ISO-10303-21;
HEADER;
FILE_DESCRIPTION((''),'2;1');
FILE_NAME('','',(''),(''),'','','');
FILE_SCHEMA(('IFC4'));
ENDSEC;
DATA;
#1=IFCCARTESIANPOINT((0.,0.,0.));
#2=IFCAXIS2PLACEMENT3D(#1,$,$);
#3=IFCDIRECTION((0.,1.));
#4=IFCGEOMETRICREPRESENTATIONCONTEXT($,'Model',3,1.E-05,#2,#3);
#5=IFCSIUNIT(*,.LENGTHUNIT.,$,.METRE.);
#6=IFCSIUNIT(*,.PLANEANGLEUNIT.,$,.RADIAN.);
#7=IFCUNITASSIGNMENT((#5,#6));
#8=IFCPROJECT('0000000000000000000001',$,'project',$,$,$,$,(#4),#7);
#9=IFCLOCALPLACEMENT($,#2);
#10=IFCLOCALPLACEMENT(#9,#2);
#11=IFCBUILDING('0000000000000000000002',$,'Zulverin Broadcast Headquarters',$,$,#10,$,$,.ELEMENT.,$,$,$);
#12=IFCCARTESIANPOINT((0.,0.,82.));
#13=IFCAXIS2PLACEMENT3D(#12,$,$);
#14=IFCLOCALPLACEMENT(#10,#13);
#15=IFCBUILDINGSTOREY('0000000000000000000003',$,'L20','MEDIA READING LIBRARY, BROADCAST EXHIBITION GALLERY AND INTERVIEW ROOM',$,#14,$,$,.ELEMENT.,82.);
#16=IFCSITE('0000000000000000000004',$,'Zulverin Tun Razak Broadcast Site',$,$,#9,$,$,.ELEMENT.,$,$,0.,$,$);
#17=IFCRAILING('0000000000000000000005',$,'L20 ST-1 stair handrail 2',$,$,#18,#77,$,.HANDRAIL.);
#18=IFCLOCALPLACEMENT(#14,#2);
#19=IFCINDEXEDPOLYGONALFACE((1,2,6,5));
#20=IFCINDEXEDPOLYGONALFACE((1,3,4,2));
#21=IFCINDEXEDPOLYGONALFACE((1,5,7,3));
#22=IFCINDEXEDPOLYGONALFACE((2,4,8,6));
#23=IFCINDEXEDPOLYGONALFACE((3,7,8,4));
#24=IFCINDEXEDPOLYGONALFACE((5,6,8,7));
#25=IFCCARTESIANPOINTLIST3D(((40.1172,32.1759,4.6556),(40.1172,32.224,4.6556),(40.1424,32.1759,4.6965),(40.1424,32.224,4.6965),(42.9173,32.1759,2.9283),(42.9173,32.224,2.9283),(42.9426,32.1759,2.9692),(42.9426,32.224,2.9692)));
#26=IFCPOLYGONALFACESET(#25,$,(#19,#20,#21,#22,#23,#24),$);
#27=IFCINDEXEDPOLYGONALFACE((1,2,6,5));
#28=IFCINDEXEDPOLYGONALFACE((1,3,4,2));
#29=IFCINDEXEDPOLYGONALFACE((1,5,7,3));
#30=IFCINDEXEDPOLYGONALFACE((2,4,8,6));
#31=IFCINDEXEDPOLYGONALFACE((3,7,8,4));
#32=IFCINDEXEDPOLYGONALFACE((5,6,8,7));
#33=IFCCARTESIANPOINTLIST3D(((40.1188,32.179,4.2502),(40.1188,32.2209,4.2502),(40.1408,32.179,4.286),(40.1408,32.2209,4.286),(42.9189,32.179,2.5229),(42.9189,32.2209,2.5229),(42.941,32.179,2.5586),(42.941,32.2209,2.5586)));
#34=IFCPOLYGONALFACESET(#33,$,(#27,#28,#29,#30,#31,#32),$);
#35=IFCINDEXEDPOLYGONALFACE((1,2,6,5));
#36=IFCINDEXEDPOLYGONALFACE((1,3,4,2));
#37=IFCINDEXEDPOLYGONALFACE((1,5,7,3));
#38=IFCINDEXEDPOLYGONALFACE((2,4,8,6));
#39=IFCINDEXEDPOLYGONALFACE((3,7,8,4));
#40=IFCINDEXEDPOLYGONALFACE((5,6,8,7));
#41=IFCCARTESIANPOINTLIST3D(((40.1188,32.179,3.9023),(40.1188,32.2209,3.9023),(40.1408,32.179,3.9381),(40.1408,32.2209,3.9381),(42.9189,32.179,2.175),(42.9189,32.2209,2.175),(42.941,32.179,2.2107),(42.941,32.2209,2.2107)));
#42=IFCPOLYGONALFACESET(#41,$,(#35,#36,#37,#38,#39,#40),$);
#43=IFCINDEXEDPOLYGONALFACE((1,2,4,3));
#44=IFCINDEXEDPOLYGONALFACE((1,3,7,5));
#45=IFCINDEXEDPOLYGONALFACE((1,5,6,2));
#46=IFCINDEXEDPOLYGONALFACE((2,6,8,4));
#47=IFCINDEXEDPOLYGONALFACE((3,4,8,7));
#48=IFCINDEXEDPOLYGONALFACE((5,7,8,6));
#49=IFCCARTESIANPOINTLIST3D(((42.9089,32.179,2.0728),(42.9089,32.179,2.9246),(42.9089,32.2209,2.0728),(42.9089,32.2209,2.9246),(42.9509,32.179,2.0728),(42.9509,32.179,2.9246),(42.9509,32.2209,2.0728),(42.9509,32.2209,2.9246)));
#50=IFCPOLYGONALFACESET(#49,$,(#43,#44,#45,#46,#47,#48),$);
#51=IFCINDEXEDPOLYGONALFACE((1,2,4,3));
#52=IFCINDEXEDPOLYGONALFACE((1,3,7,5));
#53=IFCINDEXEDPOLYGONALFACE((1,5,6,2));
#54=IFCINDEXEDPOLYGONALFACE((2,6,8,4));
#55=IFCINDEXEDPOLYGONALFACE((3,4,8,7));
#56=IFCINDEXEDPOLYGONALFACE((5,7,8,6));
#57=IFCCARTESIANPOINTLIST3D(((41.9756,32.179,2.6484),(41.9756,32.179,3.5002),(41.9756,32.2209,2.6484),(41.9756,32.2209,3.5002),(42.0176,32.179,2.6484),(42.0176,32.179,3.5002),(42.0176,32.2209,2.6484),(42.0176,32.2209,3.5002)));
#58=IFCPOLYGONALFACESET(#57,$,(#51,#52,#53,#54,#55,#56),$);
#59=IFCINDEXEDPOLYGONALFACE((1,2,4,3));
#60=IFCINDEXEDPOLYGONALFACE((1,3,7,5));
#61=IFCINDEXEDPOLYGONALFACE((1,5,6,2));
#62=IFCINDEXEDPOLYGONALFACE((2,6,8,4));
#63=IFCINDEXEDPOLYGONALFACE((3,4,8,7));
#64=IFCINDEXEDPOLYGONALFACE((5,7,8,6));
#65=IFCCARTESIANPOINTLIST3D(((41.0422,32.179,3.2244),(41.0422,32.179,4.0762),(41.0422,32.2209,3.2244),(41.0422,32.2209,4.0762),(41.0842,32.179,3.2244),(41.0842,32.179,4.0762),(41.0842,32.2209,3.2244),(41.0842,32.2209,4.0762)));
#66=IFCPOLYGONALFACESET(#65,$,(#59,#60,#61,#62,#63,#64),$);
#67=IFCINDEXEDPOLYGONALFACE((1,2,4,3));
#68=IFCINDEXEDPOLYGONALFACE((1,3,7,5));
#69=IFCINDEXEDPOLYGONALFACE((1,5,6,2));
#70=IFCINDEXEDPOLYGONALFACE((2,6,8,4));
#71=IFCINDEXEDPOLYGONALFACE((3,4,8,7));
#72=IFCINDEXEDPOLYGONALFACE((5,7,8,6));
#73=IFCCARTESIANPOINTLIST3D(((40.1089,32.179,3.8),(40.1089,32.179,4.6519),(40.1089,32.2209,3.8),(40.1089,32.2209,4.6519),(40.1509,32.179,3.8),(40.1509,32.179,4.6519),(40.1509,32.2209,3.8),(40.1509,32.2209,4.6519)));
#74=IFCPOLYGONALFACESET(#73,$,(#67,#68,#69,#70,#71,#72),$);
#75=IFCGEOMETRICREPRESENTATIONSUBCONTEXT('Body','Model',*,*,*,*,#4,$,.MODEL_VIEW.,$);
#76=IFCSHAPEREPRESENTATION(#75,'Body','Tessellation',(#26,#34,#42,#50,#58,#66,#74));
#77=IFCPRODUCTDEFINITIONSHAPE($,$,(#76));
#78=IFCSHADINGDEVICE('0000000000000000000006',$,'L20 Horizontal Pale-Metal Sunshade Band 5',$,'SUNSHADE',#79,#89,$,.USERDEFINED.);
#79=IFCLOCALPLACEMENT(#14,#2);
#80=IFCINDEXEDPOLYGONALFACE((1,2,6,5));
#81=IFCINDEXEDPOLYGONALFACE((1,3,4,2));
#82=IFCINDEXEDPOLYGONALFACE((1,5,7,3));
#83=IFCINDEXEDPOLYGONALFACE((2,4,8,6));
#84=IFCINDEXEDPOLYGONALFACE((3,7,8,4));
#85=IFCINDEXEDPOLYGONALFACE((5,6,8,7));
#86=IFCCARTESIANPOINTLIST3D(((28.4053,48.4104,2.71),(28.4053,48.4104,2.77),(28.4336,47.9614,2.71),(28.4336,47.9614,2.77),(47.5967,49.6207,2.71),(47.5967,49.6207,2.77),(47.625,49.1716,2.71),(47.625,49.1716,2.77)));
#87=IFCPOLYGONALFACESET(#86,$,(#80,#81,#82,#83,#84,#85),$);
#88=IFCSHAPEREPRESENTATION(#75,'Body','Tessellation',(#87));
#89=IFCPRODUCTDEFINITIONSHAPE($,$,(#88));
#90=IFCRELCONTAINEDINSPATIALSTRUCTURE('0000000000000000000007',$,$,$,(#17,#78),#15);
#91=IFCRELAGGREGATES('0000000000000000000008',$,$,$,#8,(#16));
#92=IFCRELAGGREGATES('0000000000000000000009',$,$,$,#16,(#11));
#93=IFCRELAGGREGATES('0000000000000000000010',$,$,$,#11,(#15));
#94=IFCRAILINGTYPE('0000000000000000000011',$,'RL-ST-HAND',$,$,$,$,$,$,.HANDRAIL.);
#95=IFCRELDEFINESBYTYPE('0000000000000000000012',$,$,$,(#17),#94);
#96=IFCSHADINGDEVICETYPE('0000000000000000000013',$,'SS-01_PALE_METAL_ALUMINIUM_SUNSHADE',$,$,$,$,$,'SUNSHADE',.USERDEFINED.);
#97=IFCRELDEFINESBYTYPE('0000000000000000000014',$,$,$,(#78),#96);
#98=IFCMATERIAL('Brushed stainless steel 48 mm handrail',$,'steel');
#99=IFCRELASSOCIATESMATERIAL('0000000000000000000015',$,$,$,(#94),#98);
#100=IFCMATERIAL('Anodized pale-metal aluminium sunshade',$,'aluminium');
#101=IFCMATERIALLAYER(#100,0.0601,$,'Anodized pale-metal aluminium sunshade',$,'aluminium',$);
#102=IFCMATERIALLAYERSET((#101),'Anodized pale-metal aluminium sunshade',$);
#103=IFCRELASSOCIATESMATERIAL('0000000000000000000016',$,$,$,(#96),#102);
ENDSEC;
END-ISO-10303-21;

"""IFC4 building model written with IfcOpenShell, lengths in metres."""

from ifc_helpers import new_model, si_unit, direction, frame, origin, origin_2d, place, context, subcontext, project, spatial, rectangle, extrude, material, layer, layer_set, type_object, element, save


model = new_model("IFC4")

# Units and contexts
model_context = context("Model", 3, precision=1e-05, world=origin(), true_north=direction((0.0, 1.0)))
body_context = subcontext(model_context, "Body", "Model", "MODEL_VIEW")
ifc_project = project(units=[si_unit("LENGTHUNIT", "METRE"), si_unit("PLANEANGLEUNIT", "RADIAN")], contexts=[model_context])

# Site, building, storey
site_placement = place(None, origin())
site = spatial("IfcSite", under=ifc_project, at=site_placement, Name="Zulverin Tun Razak Broadcast Site", CompositionType="ELEMENT", RefElevation=0.0)
building_placement = place(site_placement, origin())
building = spatial("IfcBuilding", under=site, at=building_placement, Name="Zulverin Broadcast Headquarters", CompositionType="ELEMENT")
storey_placement = place(building_placement, frame((0.0, 0.0, 82.0)))
storey = spatial("IfcBuildingStorey", under=building, at=storey_placement, Name="L20", Description="MEDIA READING LIBRARY, BROADCAST EXHIBITION GALLERY AND INTERVIEW ROOM", CompositionType="ELEMENT", Elevation=82.0)

# Railing
ifc_material_1 = material(Name="Brushed stainless steel 48 mm handrail", Category="steel")
railing_type_1 = type_object("IfcRailingType", Name="RL-ST-HAND", PredefinedType="HANDRAIL", material=ifc_material_1)
railing_1_placement = place(storey_placement, frame((42.9299, 32.2, 2.0728)))
element("IfcRailing", 1, at=railing_1_placement, inside=storey, type_object=railing_type_1, Name="L20 ST-1 stair handrail 2", PredefinedType="HANDRAIL", context=body_context, shape_type="SweptSolid", body=[
    extrude(rectangle(XDim=0.0481, YDim=0.0481, at=origin_2d()), frame((0.0, 0.0, 0.876), z_axis=(-0.85109, 0.0, 0.52502), x_axis=(0.0, -1.0, 0.0)), (0.0, 0.0, 1.0), 3.29),
    extrude(rectangle(XDim=0.042, YDim=0.042, at=origin_2d()), frame((0.0, 0.0, 0.468), z_axis=(-0.85109, 0.0, 0.52502), x_axis=(0.0, -1.0, 0.0)), (0.0, 0.0, 1.0), 3.29),
    extrude(rectangle(XDim=0.042, YDim=0.042, at=origin_2d()), frame((0.0, 0.0, 0.1201), z_axis=(-0.85109, 0.0, 0.52502), x_axis=(0.0, -1.0, 0.0)), (0.0, 0.0, 1.0), 3.29),
    extrude(rectangle(XDim=0.042, YDim=0.042, at=origin_2d()), origin(), (0.0, 0.0, 1.0), 0.8518),
    extrude(rectangle(XDim=0.042, YDim=0.042, at=origin_2d()), frame((-0.9333, 0.0, 0.5757)), (0.0, 0.0, 1.0), 0.8518),
    extrude(rectangle(XDim=0.042, YDim=0.042, at=origin_2d()), frame((-1.8667, 0.0, 1.1516)), (0.0, 0.0, 1.0), 0.8518),
    extrude(rectangle(XDim=0.042, YDim=0.042, at=origin_2d()), frame((-2.8, 0.0, 1.7273)), (0.0, 0.0, 1.0), 0.8518),
])

# Shading device
ifc_material_2 = material(Name="Anodized pale-metal aluminium sunshade", Category="aluminium")
ifc_layer_1 = layer(ifc_material_2, 0.0601, Name="Anodized pale-metal aluminium sunshade", Category="aluminium")
ifc_layer_set_1 = layer_set([ifc_layer_1], Name="Anodized pale-metal aluminium sunshade")
shading_device_type = type_object("IfcShadingDeviceType", Name="SS-01_PALE_METAL_ALUMINIUM_SUNSHADE", ElementType="SUNSHADE", PredefinedType="USERDEFINED", material=ifc_layer_set_1)
shading_device_placement = place(storey_placement, frame((38.0151, 48.791, 2.71), z_axis=(0.0, 0.0, 1.0), x_axis=(-0.998018, -0.062935, 0.0)))
element("IfcShadingDevice", 2, at=shading_device_placement, inside=storey, type_object=shading_device_type, Name="L20 Horizontal Pale-Metal Sunshade Band 5", ObjectType="SUNSHADE", PredefinedType="USERDEFINED", context=body_context, shape_type="SweptSolid", body=[
    extrude(rectangle(XDim=19.2295, YDim=0.45, at=origin_2d()), origin(), (0.0, 0.0, 1.0), 0.0601),
])

save(model, "model.ifc")
